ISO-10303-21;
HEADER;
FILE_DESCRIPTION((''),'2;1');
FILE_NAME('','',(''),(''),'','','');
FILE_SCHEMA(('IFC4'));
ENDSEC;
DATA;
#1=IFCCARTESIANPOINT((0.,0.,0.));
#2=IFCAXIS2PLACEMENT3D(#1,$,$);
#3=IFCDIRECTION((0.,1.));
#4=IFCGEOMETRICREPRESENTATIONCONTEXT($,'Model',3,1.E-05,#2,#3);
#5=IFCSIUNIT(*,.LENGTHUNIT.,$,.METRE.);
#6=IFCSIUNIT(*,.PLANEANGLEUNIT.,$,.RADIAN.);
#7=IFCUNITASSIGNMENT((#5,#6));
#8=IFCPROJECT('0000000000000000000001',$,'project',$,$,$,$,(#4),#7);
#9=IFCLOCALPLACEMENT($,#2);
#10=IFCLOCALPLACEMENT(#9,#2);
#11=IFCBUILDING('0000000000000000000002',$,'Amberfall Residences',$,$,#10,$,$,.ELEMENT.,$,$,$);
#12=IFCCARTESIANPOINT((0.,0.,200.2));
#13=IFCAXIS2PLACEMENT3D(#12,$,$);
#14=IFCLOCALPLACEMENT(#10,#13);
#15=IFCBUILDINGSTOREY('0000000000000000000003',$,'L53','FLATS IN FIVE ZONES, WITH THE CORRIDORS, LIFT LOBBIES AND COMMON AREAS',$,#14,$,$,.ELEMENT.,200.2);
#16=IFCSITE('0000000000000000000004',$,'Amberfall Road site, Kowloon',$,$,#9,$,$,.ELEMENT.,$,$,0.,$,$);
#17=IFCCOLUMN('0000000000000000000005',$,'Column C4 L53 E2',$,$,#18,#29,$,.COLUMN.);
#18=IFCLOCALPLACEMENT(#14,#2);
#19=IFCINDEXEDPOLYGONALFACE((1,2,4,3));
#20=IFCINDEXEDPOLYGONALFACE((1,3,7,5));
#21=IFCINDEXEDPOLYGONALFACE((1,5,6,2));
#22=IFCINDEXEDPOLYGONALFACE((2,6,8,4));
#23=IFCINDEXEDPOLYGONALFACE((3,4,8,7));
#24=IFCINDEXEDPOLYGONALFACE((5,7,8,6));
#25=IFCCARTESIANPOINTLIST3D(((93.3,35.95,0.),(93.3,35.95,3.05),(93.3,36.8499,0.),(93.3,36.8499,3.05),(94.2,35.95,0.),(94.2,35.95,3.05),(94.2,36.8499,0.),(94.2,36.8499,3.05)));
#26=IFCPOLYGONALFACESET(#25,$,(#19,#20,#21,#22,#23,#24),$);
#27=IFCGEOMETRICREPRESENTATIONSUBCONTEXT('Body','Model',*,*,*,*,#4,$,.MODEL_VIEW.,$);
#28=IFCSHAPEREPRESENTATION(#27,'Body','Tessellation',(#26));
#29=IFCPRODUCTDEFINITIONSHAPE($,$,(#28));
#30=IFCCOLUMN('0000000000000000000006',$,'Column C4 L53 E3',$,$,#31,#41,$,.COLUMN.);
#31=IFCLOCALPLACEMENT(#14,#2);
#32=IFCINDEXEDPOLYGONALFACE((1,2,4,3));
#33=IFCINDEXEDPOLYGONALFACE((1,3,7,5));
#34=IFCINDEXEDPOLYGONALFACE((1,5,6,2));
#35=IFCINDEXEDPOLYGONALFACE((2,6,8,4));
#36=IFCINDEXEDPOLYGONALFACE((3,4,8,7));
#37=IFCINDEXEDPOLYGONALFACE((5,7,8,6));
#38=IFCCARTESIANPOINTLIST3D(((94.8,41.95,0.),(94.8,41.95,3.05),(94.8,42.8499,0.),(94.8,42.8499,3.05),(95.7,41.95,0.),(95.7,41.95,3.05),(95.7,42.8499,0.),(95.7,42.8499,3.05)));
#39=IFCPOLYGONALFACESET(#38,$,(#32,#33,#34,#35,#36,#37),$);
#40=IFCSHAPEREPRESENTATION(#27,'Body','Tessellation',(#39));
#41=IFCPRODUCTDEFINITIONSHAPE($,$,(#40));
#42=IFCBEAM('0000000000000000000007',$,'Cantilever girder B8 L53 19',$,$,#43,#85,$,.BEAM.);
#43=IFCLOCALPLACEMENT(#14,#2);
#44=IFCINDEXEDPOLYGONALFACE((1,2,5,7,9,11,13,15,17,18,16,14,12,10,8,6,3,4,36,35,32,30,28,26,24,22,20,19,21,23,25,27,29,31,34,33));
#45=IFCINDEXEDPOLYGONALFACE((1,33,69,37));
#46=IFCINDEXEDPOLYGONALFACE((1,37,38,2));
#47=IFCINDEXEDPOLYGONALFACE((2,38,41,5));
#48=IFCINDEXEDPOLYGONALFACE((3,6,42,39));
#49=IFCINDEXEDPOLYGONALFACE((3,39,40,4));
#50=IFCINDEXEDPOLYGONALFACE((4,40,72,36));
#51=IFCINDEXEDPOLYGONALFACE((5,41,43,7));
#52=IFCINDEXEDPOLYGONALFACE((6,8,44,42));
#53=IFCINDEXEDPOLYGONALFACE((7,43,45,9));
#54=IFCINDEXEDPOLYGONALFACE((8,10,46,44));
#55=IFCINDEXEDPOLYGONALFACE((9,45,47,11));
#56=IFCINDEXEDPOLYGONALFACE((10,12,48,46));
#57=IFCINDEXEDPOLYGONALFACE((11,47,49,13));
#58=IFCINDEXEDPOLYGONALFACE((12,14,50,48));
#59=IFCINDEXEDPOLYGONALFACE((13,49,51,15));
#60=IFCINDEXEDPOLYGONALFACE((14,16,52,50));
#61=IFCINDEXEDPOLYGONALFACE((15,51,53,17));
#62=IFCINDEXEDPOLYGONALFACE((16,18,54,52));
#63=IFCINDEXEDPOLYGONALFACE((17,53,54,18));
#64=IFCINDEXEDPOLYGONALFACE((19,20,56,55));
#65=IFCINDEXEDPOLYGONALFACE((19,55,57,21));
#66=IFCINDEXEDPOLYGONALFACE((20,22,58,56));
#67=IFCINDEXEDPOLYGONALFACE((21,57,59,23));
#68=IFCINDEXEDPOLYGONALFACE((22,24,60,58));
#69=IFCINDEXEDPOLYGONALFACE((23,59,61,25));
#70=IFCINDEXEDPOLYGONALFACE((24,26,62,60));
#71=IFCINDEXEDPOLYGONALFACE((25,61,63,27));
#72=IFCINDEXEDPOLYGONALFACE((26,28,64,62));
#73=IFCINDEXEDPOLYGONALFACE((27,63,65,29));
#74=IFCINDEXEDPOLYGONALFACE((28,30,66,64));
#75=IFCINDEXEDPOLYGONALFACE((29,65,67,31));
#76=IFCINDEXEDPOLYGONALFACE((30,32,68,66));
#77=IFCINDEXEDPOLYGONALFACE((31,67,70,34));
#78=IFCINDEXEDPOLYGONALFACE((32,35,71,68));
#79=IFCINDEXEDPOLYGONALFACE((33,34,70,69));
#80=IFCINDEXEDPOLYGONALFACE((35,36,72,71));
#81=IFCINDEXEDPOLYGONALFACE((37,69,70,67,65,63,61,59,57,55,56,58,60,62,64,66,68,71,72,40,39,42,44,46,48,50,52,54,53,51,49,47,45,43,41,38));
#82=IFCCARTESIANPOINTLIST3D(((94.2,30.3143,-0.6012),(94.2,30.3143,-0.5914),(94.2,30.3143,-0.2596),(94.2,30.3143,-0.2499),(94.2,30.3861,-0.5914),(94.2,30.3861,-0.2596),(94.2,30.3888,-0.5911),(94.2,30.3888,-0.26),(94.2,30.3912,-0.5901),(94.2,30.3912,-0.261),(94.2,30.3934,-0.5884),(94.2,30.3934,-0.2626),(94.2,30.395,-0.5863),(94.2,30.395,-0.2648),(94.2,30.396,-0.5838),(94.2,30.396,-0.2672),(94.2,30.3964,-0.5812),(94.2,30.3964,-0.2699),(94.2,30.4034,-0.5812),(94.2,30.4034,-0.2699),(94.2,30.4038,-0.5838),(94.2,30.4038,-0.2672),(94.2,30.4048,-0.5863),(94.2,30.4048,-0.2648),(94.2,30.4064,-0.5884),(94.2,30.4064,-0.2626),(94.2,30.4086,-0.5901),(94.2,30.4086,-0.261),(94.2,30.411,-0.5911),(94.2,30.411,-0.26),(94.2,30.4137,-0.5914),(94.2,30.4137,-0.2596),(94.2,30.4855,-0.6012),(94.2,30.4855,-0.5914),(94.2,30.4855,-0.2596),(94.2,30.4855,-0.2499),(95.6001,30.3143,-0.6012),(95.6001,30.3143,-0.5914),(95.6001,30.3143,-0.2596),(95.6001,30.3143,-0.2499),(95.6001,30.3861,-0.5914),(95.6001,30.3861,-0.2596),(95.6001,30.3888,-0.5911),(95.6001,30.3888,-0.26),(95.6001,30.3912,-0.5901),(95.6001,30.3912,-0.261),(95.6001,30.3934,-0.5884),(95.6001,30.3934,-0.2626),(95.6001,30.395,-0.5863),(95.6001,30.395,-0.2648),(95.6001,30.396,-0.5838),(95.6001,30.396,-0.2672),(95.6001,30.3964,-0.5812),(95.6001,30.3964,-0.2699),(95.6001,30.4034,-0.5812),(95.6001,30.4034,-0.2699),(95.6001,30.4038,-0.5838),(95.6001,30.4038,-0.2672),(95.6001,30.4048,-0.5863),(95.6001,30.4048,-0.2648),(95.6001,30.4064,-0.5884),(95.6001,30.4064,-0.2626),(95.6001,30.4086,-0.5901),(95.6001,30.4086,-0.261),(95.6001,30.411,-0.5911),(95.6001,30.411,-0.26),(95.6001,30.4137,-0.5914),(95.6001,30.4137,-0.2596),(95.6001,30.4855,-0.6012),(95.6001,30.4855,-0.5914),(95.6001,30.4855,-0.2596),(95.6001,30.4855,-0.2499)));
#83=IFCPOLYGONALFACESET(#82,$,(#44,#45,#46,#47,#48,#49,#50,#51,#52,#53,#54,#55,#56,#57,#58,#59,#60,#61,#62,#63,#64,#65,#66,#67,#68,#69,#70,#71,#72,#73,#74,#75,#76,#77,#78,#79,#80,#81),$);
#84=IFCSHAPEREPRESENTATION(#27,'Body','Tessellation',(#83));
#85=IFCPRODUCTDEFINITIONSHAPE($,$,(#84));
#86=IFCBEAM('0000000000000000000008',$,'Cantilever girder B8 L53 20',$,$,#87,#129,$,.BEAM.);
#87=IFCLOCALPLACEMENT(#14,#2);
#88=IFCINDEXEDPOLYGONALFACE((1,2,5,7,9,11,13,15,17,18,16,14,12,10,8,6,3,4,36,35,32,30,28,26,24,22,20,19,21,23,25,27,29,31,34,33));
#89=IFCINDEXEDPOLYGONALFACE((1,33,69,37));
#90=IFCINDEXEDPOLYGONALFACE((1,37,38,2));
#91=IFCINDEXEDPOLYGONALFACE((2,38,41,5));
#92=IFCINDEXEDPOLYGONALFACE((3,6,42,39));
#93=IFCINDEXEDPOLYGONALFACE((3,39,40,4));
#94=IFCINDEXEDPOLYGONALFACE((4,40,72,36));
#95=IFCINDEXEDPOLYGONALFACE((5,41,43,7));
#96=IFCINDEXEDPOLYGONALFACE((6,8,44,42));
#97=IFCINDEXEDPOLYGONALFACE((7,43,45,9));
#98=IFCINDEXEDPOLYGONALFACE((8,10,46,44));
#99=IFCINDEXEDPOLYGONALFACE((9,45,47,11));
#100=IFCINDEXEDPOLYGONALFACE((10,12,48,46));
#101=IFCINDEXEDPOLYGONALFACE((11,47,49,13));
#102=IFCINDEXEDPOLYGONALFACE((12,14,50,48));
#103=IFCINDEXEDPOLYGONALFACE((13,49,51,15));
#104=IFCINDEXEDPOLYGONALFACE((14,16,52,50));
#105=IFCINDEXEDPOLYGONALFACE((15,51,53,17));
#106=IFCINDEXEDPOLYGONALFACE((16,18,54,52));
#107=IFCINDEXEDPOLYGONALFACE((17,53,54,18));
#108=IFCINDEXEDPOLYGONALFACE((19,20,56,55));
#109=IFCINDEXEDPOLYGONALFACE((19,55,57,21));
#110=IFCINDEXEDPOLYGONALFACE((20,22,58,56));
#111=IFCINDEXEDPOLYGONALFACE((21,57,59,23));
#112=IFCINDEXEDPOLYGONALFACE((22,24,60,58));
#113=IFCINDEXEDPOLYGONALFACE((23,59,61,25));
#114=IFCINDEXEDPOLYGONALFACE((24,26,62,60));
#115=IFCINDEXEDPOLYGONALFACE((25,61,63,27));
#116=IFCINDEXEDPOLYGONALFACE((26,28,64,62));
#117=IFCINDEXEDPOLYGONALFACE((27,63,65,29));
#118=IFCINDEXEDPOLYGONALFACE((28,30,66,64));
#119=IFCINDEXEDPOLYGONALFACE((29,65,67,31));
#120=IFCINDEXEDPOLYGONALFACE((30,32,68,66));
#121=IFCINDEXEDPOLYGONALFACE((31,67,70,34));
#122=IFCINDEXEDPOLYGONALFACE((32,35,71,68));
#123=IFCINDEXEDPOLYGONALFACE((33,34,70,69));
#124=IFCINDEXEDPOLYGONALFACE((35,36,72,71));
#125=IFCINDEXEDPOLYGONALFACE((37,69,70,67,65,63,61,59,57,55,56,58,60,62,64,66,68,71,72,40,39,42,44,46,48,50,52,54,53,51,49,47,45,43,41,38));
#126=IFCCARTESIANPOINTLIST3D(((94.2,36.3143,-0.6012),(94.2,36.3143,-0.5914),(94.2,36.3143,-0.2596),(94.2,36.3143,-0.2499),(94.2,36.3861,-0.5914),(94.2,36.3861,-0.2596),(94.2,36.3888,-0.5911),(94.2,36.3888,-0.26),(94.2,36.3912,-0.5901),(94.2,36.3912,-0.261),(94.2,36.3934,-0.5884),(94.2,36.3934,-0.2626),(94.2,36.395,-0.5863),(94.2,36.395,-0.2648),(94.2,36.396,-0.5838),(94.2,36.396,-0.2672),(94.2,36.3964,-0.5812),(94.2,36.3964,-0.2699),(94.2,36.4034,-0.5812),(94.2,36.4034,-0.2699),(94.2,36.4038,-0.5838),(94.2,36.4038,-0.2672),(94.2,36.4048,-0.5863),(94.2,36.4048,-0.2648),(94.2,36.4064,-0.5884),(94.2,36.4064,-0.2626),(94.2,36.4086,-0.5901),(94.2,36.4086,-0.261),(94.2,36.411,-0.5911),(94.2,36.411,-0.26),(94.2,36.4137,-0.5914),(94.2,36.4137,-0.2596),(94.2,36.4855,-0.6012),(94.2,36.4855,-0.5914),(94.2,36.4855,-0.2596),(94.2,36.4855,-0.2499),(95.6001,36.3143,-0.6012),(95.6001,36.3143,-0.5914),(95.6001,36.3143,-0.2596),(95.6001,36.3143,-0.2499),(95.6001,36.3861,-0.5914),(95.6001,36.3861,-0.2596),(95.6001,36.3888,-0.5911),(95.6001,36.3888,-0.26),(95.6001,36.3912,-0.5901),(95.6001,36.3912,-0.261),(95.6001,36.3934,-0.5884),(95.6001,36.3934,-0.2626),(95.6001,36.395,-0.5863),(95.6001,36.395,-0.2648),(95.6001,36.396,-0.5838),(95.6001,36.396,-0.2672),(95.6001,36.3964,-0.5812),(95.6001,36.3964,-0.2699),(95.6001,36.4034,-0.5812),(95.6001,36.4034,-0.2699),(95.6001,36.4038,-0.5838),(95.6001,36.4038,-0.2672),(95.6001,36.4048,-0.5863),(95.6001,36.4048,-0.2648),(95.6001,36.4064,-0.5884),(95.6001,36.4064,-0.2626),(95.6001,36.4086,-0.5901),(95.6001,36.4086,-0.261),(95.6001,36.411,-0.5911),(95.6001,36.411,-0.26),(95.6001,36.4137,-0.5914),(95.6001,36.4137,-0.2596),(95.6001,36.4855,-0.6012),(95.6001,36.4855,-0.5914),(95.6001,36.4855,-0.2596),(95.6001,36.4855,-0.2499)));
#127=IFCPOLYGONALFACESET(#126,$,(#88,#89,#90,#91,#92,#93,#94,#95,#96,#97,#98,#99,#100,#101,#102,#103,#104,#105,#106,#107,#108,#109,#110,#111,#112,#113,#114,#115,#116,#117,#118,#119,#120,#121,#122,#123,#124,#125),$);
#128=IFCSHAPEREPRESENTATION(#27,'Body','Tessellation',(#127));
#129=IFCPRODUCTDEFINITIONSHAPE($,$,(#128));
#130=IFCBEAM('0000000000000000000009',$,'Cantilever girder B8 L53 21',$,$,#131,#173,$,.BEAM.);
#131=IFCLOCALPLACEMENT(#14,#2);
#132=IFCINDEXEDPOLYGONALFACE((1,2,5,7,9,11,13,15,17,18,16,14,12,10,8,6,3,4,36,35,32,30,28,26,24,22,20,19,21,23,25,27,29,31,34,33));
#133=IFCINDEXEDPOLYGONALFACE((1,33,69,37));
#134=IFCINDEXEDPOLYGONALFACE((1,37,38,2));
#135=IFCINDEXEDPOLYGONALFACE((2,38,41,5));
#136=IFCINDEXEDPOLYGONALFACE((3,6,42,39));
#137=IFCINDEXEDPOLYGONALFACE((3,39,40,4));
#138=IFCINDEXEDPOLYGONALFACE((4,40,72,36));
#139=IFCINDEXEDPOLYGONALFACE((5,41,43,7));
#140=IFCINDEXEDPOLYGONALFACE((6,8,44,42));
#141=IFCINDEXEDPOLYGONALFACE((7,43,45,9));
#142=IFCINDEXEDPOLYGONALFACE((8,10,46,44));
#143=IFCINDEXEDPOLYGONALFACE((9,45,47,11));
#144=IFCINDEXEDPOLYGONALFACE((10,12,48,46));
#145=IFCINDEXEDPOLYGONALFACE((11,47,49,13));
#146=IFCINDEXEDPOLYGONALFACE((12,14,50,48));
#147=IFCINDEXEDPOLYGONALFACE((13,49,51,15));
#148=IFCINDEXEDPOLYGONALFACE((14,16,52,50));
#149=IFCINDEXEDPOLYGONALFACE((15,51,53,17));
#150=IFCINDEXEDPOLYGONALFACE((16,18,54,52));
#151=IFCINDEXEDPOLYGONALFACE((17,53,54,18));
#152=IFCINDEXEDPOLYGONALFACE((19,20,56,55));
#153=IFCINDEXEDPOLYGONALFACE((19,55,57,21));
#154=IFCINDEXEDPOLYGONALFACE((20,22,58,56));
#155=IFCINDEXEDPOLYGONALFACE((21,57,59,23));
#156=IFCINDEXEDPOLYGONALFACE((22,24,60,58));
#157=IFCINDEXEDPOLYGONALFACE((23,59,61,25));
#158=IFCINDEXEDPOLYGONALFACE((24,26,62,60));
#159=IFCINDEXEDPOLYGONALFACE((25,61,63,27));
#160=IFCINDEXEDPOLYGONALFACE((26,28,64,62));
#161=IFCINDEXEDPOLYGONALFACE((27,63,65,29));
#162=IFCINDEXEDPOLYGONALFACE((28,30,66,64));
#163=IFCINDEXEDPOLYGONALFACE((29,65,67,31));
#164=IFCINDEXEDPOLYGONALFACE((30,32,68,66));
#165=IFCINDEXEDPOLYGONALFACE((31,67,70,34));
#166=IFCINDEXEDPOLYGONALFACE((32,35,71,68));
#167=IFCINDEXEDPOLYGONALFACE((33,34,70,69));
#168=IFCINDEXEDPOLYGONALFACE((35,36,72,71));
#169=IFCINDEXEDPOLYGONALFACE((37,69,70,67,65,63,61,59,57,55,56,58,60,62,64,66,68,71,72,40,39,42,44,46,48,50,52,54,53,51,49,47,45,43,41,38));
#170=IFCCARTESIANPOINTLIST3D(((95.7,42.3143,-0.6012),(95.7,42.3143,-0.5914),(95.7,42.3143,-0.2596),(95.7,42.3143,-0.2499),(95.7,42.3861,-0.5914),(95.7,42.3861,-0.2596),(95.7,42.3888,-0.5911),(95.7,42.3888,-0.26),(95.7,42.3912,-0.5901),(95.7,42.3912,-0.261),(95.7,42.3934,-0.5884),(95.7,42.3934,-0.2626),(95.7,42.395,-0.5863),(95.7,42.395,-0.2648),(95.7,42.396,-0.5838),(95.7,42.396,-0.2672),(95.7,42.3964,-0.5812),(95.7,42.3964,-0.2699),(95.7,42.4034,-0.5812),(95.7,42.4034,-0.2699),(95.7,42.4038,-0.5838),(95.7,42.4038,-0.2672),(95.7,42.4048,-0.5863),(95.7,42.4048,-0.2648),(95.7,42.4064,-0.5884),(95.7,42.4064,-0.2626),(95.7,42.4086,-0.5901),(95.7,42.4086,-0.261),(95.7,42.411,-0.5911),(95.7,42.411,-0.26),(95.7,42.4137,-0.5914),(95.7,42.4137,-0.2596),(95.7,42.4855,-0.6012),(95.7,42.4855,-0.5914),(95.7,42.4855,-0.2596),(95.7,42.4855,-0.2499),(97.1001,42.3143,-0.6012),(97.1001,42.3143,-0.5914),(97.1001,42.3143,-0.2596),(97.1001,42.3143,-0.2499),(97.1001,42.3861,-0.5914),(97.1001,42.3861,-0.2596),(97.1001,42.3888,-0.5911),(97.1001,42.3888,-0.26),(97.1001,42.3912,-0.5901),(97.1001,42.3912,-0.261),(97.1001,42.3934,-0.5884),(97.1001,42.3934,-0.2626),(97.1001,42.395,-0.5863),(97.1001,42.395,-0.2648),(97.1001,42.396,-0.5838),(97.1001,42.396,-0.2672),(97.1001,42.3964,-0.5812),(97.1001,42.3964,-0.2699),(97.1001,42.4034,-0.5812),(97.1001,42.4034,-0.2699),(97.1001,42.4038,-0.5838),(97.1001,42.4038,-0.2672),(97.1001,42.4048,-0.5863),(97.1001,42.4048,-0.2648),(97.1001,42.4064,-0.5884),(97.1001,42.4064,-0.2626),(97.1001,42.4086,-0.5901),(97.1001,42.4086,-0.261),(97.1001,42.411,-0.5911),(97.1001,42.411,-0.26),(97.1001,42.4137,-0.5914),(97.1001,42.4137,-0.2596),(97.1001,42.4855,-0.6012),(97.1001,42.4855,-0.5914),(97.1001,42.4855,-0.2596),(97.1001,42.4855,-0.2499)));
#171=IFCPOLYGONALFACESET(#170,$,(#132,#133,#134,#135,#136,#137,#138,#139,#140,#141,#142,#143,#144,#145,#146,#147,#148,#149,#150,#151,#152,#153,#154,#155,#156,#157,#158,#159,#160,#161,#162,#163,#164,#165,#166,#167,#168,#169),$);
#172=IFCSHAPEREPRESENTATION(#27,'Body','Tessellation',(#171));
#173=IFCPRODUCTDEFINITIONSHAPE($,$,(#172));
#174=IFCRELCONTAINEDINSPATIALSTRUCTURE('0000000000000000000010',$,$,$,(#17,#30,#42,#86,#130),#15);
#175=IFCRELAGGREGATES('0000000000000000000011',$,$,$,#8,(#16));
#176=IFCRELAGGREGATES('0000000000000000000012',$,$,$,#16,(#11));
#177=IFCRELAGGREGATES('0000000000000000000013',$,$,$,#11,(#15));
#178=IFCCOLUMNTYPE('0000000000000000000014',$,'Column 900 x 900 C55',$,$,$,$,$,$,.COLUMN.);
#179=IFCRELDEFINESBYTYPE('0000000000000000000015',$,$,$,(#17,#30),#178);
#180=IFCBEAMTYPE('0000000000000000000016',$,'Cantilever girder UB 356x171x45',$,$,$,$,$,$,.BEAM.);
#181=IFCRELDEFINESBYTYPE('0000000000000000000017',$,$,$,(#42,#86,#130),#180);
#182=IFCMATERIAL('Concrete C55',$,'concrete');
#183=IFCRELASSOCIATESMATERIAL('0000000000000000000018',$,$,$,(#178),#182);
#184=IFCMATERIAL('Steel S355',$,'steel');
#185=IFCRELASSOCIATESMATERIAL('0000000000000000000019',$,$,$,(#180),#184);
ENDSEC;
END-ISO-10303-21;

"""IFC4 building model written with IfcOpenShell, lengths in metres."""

from ifc_helpers import new_model, si_unit, direction, frame, origin, origin_2d, place, context, subcontext, project, spatial, rectangle, i_section, extrude, material, material_profile, profile_set, type_object, element, save


model = new_model("IFC4")

# Units and contexts
model_context = context("Model", 3, precision=1e-05, world=origin(), true_north=direction((0.0, 1.0)))
body_context = subcontext(model_context, "Body", "Model", "MODEL_VIEW")
ifc_project = project(units=[si_unit("LENGTHUNIT", "METRE"), si_unit("PLANEANGLEUNIT", "RADIAN")], contexts=[model_context])

# Site, building, storey
site_placement = place(None, origin())
site = spatial("IfcSite", under=ifc_project, at=site_placement, Name="Amberfall Road site, Kowloon", CompositionType="ELEMENT", RefElevation=0.0)
building_placement = place(site_placement, origin())
building = spatial("IfcBuilding", under=site, at=building_placement, Name="Amberfall Residences", CompositionType="ELEMENT")
storey_placement = place(building_placement, frame((0.0, 0.0, 200.2)))
storey = spatial("IfcBuildingStorey", under=building, at=storey_placement, Name="L53", Description="FLATS IN FIVE ZONES, WITH THE CORRIDORS, LIFT LOBBIES AND COMMON AREAS", CompositionType="ELEMENT", Elevation=200.2)

# Columns
ifc_material_1 = material(Name="Concrete C55", Category="concrete")
ifc_material_profile_1 = material_profile(ifc_material_1, rectangle(XDim=0.8999, YDim=0.8999, at=origin_2d()), Name="Column 900 x 900 C55")
ifc_profile_set_1 = profile_set([ifc_material_profile_1], Name="Concrete C55")
column_type = type_object("IfcColumnType", Name="Column 900 x 900 C55", PredefinedType="COLUMN", material=ifc_profile_set_1)
for number, where, z_axis, x_axis, name in (
    (1, (93.75, 36.3999, 0.0), (0.0, 0.0, 1.0), (1.0, 0.0, 0.0), "Column C4 L53 E2"),
    (2, (95.25, 42.3999, 0.0), (0.0, 0.0, 1.0), (1.0, 0.0, 0.0), "Column C4 L53 E3"),
):
    element("IfcColumn", number, at=place(storey_placement, frame(where, z_axis=z_axis, x_axis=x_axis)), inside=storey, type_object=column_type, Name=name, PredefinedType="COLUMN", context=body_context, shape_type="SweptSolid", body=[
        extrude(rectangle(XDim=0.8999, YDim=0.8999, at=origin_2d()), origin(), (0.0, 0.0, 1.0), 3.05),
    ])

# Beams
ifc_material_2 = material(Name="Steel S355", Category="steel")
ifc_material_profile_2 = material_profile(ifc_material_2, i_section(OverallWidth=0.1711, OverallDepth=0.3513, WebThickness=0.0071, FlangeThickness=0.0098, FilletRadius=0.0103, at=origin_2d()), Name="UB 356x171x45")
ifc_profile_set_2 = profile_set([ifc_material_profile_2], Name="Steel S355")
beam_type_1 = type_object("IfcBeamType", Name="Cantilever girder UB 356x171x45", PredefinedType="BEAM", material=ifc_profile_set_2)
for number, where, z_axis, x_axis, name in (
    (3, (94.2, 30.3999, -0.4255), (1.0, 0.0, 0.0), (0.0, 1.0, 0.0), "Cantilever girder B8 L53 19"),
    (4, (94.2, 36.3999, -0.4255), (1.0, 0.0, 0.0), (0.0, 1.0, 0.0), "Cantilever girder B8 L53 20"),
    (5, (95.7, 42.3999, -0.4255), (1.0, 0.0, 0.0), (0.0, 1.0, 0.0), "Cantilever girder B8 L53 21"),
):
    element("IfcBeam", number, at=place(storey_placement, frame(where, z_axis=z_axis, x_axis=x_axis)), inside=storey, type_object=beam_type_1, Name=name, PredefinedType="BEAM", context=body_context, shape_type="SweptSolid", body=[
        extrude(i_section(OverallWidth=0.1711, OverallDepth=0.3513, WebThickness=0.0071, FlangeThickness=0.0098, FilletRadius=0.0103, at=origin_2d()), origin(), (0.0, 0.0, 1.0), 1.4001),
    ])

save(model, "model.ifc")
